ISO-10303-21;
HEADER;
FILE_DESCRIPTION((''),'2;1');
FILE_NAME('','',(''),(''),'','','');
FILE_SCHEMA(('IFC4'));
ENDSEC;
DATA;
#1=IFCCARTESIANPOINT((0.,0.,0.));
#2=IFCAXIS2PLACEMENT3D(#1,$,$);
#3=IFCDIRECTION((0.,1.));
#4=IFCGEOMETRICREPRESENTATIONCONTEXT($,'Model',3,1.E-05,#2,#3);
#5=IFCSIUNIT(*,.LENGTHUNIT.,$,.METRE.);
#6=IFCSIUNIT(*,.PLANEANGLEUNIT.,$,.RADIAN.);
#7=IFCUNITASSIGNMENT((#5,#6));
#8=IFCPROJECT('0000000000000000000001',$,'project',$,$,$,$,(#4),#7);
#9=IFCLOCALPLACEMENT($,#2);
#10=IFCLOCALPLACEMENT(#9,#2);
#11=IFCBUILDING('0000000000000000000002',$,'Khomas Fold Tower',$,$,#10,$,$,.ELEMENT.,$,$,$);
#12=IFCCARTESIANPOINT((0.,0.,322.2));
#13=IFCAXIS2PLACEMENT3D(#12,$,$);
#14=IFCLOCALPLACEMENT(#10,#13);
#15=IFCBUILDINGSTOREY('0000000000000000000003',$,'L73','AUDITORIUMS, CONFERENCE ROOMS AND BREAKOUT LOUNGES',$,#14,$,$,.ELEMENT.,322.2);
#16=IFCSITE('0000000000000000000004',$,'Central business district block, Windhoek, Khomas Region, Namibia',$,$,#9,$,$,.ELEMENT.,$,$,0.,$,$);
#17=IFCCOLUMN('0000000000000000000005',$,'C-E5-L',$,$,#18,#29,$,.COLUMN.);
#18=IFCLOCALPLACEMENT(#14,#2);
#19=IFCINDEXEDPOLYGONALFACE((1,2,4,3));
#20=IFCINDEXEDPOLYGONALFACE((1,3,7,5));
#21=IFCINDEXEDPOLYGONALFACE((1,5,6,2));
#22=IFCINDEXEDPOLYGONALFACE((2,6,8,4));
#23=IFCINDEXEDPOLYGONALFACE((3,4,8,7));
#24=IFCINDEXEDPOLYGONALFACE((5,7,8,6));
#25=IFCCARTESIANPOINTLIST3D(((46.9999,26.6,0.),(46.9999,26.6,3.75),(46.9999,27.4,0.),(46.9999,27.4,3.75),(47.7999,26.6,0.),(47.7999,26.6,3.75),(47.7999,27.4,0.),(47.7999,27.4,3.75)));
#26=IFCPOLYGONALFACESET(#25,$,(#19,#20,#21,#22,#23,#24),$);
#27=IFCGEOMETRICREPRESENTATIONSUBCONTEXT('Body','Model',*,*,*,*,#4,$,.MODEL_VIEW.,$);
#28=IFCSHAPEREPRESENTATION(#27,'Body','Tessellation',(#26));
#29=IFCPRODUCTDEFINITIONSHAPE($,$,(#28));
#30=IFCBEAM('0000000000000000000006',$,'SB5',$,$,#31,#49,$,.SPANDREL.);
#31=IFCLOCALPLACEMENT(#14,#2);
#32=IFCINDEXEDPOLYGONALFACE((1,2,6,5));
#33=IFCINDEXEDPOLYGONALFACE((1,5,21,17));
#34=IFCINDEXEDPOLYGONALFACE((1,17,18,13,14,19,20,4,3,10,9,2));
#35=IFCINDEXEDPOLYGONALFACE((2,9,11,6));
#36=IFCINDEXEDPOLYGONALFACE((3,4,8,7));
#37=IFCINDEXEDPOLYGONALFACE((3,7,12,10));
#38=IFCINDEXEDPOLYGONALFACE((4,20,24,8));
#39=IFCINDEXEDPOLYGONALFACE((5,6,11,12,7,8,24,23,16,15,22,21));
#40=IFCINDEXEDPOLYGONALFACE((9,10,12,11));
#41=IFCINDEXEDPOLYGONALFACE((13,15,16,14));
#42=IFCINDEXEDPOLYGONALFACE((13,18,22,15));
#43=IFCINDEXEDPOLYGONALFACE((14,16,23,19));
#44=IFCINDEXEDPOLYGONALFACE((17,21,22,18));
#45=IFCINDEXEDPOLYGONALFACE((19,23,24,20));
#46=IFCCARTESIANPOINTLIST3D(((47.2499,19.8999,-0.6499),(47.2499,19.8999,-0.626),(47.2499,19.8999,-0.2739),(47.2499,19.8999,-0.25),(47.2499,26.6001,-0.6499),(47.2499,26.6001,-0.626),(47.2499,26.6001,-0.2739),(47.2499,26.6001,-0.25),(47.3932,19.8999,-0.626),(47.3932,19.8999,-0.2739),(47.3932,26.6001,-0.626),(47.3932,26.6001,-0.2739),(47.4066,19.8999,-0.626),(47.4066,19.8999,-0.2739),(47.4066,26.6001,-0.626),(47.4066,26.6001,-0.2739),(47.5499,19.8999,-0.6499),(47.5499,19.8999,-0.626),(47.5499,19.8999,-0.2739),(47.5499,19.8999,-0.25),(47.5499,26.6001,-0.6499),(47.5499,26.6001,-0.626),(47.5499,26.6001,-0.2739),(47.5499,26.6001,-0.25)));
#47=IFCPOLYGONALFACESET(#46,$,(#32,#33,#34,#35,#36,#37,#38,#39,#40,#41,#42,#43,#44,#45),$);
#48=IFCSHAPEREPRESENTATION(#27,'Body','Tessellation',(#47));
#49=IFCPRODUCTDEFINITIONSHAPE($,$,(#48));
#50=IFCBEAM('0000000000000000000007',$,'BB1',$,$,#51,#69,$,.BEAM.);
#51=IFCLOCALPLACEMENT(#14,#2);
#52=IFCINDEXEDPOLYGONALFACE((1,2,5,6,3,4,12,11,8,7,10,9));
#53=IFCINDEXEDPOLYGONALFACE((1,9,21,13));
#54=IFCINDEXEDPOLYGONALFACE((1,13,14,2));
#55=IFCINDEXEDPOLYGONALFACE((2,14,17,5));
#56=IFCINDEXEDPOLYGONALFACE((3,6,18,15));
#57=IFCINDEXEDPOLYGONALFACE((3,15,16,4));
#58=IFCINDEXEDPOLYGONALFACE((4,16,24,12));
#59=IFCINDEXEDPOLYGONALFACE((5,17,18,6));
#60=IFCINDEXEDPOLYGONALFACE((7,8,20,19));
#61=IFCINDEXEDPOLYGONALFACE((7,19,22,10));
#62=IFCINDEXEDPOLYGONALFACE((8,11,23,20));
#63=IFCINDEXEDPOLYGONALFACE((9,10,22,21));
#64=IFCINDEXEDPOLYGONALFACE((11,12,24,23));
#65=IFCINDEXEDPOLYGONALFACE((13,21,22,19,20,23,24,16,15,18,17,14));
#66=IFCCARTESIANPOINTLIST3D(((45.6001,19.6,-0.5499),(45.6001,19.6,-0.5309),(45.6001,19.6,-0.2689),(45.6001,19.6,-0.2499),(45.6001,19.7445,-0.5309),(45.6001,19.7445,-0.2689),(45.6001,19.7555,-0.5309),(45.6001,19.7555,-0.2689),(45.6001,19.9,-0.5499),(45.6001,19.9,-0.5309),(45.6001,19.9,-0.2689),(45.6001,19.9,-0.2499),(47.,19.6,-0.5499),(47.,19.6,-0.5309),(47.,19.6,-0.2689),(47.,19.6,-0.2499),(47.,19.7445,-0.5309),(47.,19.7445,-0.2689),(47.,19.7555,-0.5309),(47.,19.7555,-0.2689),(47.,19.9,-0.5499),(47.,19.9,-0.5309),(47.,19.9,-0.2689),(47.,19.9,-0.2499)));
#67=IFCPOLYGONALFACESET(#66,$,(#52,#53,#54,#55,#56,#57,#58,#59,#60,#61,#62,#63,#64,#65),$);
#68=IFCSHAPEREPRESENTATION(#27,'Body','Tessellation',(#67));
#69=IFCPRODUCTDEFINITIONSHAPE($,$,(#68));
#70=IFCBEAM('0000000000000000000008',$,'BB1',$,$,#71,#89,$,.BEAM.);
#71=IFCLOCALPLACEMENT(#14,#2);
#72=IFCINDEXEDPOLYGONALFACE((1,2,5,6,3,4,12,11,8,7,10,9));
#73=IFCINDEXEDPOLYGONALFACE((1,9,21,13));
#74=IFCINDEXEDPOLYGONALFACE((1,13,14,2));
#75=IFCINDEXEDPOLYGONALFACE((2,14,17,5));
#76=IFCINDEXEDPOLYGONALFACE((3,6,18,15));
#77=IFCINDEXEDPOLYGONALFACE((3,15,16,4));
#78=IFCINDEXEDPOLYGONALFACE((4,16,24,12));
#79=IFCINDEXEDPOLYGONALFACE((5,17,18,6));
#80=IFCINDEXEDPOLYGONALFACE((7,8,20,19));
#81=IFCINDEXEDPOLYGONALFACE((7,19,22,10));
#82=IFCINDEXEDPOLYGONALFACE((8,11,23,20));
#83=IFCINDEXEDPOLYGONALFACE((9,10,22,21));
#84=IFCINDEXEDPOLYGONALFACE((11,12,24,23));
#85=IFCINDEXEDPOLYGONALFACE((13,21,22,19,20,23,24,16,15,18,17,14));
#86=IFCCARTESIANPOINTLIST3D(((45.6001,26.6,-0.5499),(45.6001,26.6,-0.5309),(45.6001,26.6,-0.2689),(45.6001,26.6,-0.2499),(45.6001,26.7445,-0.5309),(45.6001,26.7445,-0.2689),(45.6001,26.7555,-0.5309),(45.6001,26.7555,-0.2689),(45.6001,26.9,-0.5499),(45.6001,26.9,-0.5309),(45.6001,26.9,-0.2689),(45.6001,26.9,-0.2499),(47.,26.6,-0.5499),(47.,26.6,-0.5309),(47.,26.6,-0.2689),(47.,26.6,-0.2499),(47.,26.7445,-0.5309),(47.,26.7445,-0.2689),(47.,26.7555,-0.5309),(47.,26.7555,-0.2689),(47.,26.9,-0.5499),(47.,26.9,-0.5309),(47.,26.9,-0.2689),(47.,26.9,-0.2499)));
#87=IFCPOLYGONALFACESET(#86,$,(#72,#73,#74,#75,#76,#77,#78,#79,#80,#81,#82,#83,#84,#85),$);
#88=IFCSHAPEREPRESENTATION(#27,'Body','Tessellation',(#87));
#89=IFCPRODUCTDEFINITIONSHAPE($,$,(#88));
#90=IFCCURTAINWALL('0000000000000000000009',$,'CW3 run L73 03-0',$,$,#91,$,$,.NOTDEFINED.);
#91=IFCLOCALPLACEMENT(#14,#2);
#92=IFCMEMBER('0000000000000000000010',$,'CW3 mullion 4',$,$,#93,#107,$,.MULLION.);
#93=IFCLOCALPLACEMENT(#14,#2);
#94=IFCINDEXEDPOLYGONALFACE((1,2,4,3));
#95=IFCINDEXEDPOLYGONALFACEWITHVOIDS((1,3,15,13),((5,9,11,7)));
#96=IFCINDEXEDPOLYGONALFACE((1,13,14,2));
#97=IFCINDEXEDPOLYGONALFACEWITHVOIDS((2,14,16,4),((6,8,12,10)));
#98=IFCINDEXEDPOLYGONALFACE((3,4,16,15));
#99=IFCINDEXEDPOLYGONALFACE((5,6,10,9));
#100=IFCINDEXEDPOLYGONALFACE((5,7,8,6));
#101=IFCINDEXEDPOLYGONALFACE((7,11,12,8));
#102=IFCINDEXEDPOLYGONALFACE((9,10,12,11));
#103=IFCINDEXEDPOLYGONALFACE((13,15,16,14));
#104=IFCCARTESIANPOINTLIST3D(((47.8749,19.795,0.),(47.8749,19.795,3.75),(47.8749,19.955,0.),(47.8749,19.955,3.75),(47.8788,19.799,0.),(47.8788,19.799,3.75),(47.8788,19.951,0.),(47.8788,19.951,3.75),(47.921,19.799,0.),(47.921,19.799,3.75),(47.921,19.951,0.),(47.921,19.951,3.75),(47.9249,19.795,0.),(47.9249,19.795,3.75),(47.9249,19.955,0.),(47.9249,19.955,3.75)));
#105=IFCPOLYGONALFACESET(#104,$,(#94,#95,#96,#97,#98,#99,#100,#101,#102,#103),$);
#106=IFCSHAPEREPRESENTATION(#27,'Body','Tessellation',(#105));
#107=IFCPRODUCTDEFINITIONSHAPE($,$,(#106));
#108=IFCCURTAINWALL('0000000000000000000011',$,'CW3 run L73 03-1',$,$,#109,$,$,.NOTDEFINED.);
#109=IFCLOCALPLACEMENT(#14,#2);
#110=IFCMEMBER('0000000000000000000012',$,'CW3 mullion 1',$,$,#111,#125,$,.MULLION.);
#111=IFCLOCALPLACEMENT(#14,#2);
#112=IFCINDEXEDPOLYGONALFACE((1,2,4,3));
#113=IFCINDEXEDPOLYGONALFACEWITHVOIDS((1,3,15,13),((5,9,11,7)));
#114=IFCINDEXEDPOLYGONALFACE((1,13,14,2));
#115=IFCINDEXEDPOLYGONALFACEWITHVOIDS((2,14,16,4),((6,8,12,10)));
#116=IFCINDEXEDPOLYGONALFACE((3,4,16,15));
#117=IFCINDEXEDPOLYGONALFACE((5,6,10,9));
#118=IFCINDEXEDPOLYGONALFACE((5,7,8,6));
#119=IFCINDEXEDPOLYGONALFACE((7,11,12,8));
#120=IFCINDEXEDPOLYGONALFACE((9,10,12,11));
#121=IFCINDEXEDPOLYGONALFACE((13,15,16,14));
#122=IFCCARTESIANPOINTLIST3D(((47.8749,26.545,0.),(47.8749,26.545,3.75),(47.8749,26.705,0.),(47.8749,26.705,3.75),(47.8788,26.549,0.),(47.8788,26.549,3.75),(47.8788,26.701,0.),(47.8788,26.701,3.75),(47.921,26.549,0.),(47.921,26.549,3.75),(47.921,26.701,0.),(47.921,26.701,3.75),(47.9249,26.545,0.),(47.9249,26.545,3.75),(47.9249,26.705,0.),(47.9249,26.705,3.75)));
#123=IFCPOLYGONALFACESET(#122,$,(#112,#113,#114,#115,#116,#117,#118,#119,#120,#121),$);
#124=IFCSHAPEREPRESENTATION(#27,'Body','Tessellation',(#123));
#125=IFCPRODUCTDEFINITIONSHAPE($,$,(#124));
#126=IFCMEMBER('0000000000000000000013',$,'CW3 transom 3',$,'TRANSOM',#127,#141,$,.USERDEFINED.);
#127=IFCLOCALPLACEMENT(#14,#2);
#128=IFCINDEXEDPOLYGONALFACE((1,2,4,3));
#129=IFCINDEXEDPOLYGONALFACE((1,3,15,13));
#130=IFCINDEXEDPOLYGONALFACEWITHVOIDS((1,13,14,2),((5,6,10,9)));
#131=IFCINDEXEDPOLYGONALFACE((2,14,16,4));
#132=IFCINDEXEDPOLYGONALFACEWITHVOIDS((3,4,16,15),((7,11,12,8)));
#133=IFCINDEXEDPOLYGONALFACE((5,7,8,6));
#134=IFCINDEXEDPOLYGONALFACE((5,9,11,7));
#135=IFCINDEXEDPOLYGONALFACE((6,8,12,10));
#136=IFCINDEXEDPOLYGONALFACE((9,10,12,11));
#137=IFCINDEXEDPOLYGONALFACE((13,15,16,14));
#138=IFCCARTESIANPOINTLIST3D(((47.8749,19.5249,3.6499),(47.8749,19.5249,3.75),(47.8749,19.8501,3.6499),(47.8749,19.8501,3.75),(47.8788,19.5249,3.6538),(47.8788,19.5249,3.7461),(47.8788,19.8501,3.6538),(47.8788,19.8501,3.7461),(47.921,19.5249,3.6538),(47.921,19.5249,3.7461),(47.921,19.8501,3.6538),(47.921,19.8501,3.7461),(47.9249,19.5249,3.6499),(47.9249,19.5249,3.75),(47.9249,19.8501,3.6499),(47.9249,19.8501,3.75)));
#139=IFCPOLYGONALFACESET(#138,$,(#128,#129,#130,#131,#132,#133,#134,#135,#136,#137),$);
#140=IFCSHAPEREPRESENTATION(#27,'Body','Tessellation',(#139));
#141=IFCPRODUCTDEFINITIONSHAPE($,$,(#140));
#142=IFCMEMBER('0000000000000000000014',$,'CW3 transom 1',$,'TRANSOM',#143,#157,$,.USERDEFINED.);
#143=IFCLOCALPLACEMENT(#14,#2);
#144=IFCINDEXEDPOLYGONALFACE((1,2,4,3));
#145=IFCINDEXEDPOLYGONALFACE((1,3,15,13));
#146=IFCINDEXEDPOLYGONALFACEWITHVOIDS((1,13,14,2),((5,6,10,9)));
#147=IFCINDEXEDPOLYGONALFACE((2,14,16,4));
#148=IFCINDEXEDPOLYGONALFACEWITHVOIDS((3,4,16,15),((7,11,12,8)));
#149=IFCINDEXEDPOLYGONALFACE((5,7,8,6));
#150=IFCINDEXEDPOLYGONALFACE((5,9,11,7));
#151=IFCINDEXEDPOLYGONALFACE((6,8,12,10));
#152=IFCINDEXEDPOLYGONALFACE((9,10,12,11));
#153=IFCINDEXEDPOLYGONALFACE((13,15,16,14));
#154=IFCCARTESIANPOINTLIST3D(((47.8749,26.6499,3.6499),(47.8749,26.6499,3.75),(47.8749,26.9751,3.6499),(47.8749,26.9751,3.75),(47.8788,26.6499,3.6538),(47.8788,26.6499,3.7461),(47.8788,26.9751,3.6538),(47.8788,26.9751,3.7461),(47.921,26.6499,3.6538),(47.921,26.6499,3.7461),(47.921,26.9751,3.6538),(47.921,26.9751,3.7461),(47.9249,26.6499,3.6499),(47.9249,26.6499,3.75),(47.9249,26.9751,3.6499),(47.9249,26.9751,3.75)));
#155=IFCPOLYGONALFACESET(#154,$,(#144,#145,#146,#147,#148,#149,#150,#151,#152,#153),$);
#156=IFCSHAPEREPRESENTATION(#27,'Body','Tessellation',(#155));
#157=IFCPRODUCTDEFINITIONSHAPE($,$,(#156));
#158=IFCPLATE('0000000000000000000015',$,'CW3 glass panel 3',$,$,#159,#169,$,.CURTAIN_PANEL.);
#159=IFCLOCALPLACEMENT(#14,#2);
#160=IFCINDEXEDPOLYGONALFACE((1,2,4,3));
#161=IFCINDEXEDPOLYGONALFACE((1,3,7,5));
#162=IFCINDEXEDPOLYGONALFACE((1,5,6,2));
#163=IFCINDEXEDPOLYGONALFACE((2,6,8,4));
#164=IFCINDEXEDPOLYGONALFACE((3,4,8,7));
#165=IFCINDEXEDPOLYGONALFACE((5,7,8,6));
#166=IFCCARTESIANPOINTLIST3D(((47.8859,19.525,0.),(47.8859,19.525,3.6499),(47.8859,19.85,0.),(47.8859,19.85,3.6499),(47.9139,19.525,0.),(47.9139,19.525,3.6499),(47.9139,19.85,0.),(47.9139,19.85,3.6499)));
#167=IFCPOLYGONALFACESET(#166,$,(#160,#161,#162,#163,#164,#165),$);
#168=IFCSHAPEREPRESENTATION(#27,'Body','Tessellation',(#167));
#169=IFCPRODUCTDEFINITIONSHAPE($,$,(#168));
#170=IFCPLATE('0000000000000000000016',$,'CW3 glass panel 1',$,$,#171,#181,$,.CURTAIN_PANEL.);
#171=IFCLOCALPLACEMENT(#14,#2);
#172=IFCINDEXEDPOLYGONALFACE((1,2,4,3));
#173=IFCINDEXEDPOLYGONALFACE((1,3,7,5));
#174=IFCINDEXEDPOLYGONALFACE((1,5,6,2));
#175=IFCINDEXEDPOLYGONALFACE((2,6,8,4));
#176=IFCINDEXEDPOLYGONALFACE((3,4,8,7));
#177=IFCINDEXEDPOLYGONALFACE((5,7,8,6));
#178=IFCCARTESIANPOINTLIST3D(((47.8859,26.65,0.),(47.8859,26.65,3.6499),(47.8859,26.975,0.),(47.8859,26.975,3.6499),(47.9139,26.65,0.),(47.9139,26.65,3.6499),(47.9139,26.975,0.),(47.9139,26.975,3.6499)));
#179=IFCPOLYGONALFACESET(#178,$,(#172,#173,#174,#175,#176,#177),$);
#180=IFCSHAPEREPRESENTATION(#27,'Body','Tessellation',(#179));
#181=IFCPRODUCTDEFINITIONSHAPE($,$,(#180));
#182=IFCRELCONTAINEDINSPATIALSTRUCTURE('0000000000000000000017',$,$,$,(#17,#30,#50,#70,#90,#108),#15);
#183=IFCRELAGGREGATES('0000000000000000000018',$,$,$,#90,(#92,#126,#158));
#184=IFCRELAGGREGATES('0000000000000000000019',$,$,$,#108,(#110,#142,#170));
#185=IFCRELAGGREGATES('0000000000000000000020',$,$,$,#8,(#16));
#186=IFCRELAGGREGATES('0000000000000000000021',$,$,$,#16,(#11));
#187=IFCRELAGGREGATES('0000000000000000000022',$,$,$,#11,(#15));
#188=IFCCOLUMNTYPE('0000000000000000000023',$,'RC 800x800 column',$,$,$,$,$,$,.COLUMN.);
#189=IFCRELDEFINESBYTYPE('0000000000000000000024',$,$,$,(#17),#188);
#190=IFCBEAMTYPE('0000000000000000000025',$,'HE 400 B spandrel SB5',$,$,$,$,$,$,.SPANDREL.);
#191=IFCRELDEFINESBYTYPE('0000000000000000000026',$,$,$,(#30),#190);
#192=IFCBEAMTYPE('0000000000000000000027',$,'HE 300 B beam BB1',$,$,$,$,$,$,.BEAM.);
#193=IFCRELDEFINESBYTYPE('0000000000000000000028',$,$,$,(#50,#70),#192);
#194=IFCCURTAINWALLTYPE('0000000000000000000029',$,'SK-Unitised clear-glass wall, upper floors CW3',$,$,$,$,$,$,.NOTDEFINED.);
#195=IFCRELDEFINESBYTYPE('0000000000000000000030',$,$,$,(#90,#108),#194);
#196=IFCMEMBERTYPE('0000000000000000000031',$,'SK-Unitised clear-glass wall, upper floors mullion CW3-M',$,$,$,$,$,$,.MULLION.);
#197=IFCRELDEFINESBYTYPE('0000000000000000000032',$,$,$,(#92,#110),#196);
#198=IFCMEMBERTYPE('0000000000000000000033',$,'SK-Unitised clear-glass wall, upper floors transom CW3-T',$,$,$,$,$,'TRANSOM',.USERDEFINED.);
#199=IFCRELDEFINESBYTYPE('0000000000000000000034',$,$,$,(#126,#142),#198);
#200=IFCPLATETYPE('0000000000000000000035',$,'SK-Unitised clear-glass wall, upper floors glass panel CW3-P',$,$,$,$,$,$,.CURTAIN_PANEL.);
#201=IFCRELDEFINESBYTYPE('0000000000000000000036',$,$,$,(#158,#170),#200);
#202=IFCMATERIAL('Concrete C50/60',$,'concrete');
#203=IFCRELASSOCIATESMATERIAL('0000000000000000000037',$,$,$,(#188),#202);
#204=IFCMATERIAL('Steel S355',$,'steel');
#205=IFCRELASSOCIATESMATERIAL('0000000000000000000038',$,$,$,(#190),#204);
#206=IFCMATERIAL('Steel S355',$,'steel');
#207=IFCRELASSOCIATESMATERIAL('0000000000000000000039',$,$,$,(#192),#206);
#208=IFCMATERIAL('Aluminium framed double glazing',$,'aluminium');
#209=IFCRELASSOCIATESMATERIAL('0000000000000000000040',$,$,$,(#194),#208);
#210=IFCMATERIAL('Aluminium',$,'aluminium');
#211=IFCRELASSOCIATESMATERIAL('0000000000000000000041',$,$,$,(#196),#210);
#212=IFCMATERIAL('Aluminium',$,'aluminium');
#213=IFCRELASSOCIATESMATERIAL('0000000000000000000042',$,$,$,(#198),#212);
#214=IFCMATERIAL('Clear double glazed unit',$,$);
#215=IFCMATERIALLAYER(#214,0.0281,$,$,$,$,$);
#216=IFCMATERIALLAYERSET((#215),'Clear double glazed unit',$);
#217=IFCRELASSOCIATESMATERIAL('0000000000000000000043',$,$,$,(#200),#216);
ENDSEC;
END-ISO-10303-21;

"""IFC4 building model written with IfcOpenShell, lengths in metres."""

from ifc_helpers import new_model, si_unit, direction, frame, origin, origin_2d, place, context, subcontext, project, spatial, rectangle, hollow_rectangle, i_section, extrude, source, transform, mapped, material, layer, layer_set, material_profile, profile_set, type_object, element, aggregate, save


model = new_model("IFC4")

# Units and contexts
model_context = context("Model", 3, precision=1e-05, world=origin(), true_north=direction((0.0, 1.0)))
body_context = subcontext(model_context, "Body", "Model", "MODEL_VIEW")
ifc_project = project(units=[si_unit("LENGTHUNIT", "METRE"), si_unit("PLANEANGLEUNIT", "RADIAN")], contexts=[model_context])

# Site, building, storey
site_placement = place(None, origin())
site = spatial("IfcSite", under=ifc_project, at=site_placement, Name="Central business district block, Windhoek, Khomas Region, Namibia", CompositionType="ELEMENT", RefElevation=0.0)
building_placement = place(site_placement, origin())
building = spatial("IfcBuilding", under=site, at=building_placement, Name="Khomas Fold Tower", CompositionType="ELEMENT")
storey_placement = place(building_placement, frame((0.0, 0.0, 322.2)))
storey = spatial("IfcBuildingStorey", under=building, at=storey_placement, Name="L73", Description="AUDITORIUMS, CONFERENCE ROOMS AND BREAKOUT LOUNGES", CompositionType="ELEMENT", Elevation=322.2)

# Column
ifc_material_1 = material(Name="Concrete C50/60", Category="concrete")
ifc_material_profile_1 = material_profile(ifc_material_1, rectangle(XDim=0.8, YDim=0.8, at=origin_2d()), Name="RC 800x800")
ifc_profile_set_1 = profile_set([ifc_material_profile_1], Name="Concrete C50/60")
column_type = type_object("IfcColumnType", Name="RC 800x800 column", PredefinedType="COLUMN", material=ifc_profile_set_1)
shared_shape_1 = source(origin(), body_context, "Body", "SweptSolid", [
    extrude(rectangle(XDim=0.8, YDim=0.8, at=origin_2d()), origin(), (0.0, 0.0, 1.0), 3.75),
])
column_placement = place(storey_placement, frame((47.3999, 27.0, 0.0), z_axis=(0.0, 0.0, 1.0), x_axis=(1.0, 0.0, 0.0)))
element("IfcColumn", 1, at=column_placement, inside=storey, type_object=column_type, Name="C-E5-L", PredefinedType="COLUMN", context=body_context, shape_type="MappedRepresentation", body=[
    mapped(shared_shape_1, transform((0.0, 0.0, 0.0))),
])

# Beams
ifc_material_2 = material(Name="Steel S355", Category="steel")
ifc_material_profile_2 = material_profile(ifc_material_2, i_section(OverallWidth=0.3, OverallDepth=0.3999, WebThickness=0.0134, FlangeThickness=0.0239, at=origin_2d()), Name="HE 400 B")
ifc_profile_set_2 = profile_set([ifc_material_profile_2], Name="Steel S355")
beam_type_1 = type_object("IfcBeamType", Name="HE 400 B spandrel SB5", PredefinedType="SPANDREL", material=ifc_profile_set_2)
shared_shape_2 = source(origin(), body_context, "Body", "SweptSolid", [
    extrude(i_section(OverallWidth=0.3, OverallDepth=0.3999, WebThickness=0.0134, FlangeThickness=0.0239, at=origin_2d()), origin(), (0.0, 0.0, 1.0), 6.7002),
])
beam_placement = place(storey_placement, frame((47.3999, 19.8999, -0.45), z_axis=(0.0, 1.0, 0.0), x_axis=(-1.0, 0.0, 0.0)))
element("IfcBeam", 2, at=beam_placement, inside=storey, type_object=beam_type_1, Name="SB5", PredefinedType="SPANDREL", context=body_context, shape_type="MappedRepresentation", body=[
    mapped(shared_shape_2, transform((0.0, 0.0, 0.0))),
])
ifc_material_3 = material(Name="Steel S355", Category="steel")
ifc_material_profile_3 = material_profile(ifc_material_3, i_section(OverallWidth=0.3, OverallDepth=0.3, WebThickness=0.011, FlangeThickness=0.019, at=origin_2d()), Name="HE 300 B")
ifc_profile_set_3 = profile_set([ifc_material_profile_3], Name="Steel S355")
beam_type_2 = type_object("IfcBeamType", Name="HE 300 B beam BB1", PredefinedType="BEAM", material=ifc_profile_set_3)
shared_shape_3 = source(origin(), body_context, "Body", "SweptSolid", [
    extrude(i_section(OverallWidth=0.3, OverallDepth=0.3, WebThickness=0.011, FlangeThickness=0.019, at=origin_2d()), origin(), (0.0, 0.0, 1.0), 1.3999),
])
for number, where, z_axis, x_axis, name in (
    (3, (45.6001, 19.75, -0.3999), (1.0, 0.0, 0.0), (0.0, 1.0, 0.0), "BB1"),
    (4, (45.6001, 26.75, -0.3999), (1.0, 0.0, 0.0), (0.0, 1.0, 0.0), "BB1"),
):
    element("IfcBeam", number, at=place(storey_placement, frame(where, z_axis=z_axis, x_axis=x_axis)), inside=storey, type_object=beam_type_2, Name=name, PredefinedType="BEAM", context=body_context, shape_type="MappedRepresentation", body=[
        mapped(shared_shape_3, transform((0.0, 0.0, 0.0))),
    ])

# Curtain walls, members
ifc_material_4 = material(Name="Aluminium framed double glazing", Category="aluminium")
curtain_wall_type = type_object("IfcCurtainWallType", Name="SK-Unitised clear-glass wall, upper floors CW3", PredefinedType="NOTDEFINED", material=ifc_material_4)
curtain_wall_1_placement = place(storey_placement, origin())
curtain_wall_1 = element("IfcCurtainWall", 5, at=curtain_wall_1_placement, inside=storey, type_object=curtain_wall_type, Name="CW3 run L73 03-0", PredefinedType="NOTDEFINED")
ifc_material_5 = material(Name="Aluminium", Category="aluminium")
ifc_material_profile_4 = material_profile(ifc_material_5, hollow_rectangle(XDim=0.05, YDim=0.1599, WallThickness=0.0039, at=origin_2d()), Name="SK-Unitised clear-glass wall, upper floors mullion CW3-M")
ifc_profile_set_4 = profile_set([ifc_material_profile_4], Name="Aluminium")
member_type_1 = type_object("IfcMemberType", Name="SK-Unitised clear-glass wall, upper floors mullion CW3-M", PredefinedType="MULLION", material=ifc_profile_set_4)
shared_shape_4 = source(origin(), body_context, "Body", "SweptSolid", [
    extrude(hollow_rectangle(XDim=0.05, YDim=0.1599, WallThickness=0.0039, at=origin_2d()), origin(), (0.0, 0.0, 1.0), 3.75),
])
member_1_placement = place(storey_placement, frame((47.8999, 19.875, 0.0), z_axis=(0.0, 0.0, 1.0), x_axis=(-1.0, 0.0, 0.0)))
member_1 = element("IfcMember", 6, at=member_1_placement, type_object=member_type_1, Name="CW3 mullion 4", PredefinedType="MULLION", context=body_context, shape_type="MappedRepresentation", body=[
    mapped(shared_shape_4, transform((0.0, 0.0, 0.0))),
])
curtain_wall_2_placement = place(storey_placement, origin())
curtain_wall_2 = element("IfcCurtainWall", 7, at=curtain_wall_2_placement, inside=storey, type_object=curtain_wall_type, Name="CW3 run L73 03-1", PredefinedType="NOTDEFINED")
member_2_placement = place(storey_placement, frame((47.8999, 26.625, 0.0), z_axis=(0.0, 0.0, 1.0), x_axis=(-1.0, 0.0, 0.0)))
member_2 = element("IfcMember", 8, at=member_2_placement, type_object=member_type_1, Name="CW3 mullion 1", PredefinedType="MULLION", context=body_context, shape_type="MappedRepresentation", body=[
    mapped(shared_shape_4, transform((0.0, 0.0, 0.0))),
])

# Members
ifc_material_6 = material(Name="Aluminium", Category="aluminium")
ifc_material_profile_5 = material_profile(ifc_material_6, hollow_rectangle(XDim=0.05, YDim=0.1001, WallThickness=0.0039, at=origin_2d()), Name="SK-Unitised clear-glass wall, upper floors transom CW3-T")
ifc_profile_set_5 = profile_set([ifc_material_profile_5], Name="Aluminium")
member_type_2 = type_object("IfcMemberType", Name="SK-Unitised clear-glass wall, upper floors transom CW3-T", ElementType="TRANSOM", PredefinedType="USERDEFINED", material=ifc_profile_set_5)
shared_shape_5 = source(origin(), body_context, "Body", "SweptSolid", [
    extrude(hollow_rectangle(XDim=0.05, YDim=0.1001, WallThickness=0.0039, at=origin_2d()), origin(), (0.0, 0.0, 1.0), 0.3252),
])
member_3_placement = place(storey_placement, frame((47.8999, 19.5249, 3.7), z_axis=(0.0, 1.0, 0.0), x_axis=(-1.0, 0.0, 0.0)))
member_3 = element("IfcMember", 9, at=member_3_placement, type_object=member_type_2, Name="CW3 transom 3", ObjectType="TRANSOM", PredefinedType="USERDEFINED", context=body_context, shape_type="MappedRepresentation", body=[
    mapped(shared_shape_5, transform((0.0, 0.0, 0.0))),
])
member_4_placement = place(storey_placement, frame((47.8999, 26.6499, 3.7), z_axis=(0.0, 1.0, 0.0), x_axis=(-1.0, 0.0, 0.0)))
member_4 = element("IfcMember", 10, at=member_4_placement, type_object=member_type_2, Name="CW3 transom 1", ObjectType="TRANSOM", PredefinedType="USERDEFINED", context=body_context, shape_type="MappedRepresentation", body=[
    mapped(shared_shape_5, transform((0.0, 0.0, 0.0))),
])

# Plates
ifc_material_7 = material(Name="Clear double glazed unit")
ifc_layer_1 = layer(ifc_material_7, 0.0281)
ifc_layer_set_1 = layer_set([ifc_layer_1], Name="Clear double glazed unit")
plate_type = type_object("IfcPlateType", Name="SK-Unitised clear-glass wall, upper floors glass panel CW3-P", PredefinedType="CURTAIN_PANEL", material=ifc_layer_set_1)
shared_shape_6 = source(origin(), body_context, "Body", "SweptSolid", [
    extrude(rectangle(XDim=0.325, YDim=0.0281, at=origin_2d()), origin(), (0.0, 0.0, 1.0), 3.6499),
])
plate_1_placement = place(storey_placement, frame((47.8999, 19.6875, 0.0), z_axis=(0.0, 0.0, 1.0), x_axis=(0.0, 1.0, 0.0)))
plate_1 = element("IfcPlate", 11, at=plate_1_placement, type_object=plate_type, Name="CW3 glass panel 3", PredefinedType="CURTAIN_PANEL", context=body_context, shape_type="MappedRepresentation", body=[
    mapped(shared_shape_6, transform((0.0, 0.0, 0.0))),
])
aggregate(curtain_wall_1, [member_1, member_3, plate_1])
plate_2_placement = place(storey_placement, frame((47.8999, 26.8125, 0.0), z_axis=(0.0, 0.0, 1.0), x_axis=(0.0, 1.0, 0.0)))
plate_2 = element("IfcPlate", 12, at=plate_2_placement, type_object=plate_type, Name="CW3 glass panel 1", PredefinedType="CURTAIN_PANEL", context=body_context, shape_type="MappedRepresentation", body=[
    mapped(shared_shape_6, transform((0.0, 0.0, 0.0))),
])
aggregate(curtain_wall_2, [member_2, member_4, plate_2])

save(model, "model.ifc")
